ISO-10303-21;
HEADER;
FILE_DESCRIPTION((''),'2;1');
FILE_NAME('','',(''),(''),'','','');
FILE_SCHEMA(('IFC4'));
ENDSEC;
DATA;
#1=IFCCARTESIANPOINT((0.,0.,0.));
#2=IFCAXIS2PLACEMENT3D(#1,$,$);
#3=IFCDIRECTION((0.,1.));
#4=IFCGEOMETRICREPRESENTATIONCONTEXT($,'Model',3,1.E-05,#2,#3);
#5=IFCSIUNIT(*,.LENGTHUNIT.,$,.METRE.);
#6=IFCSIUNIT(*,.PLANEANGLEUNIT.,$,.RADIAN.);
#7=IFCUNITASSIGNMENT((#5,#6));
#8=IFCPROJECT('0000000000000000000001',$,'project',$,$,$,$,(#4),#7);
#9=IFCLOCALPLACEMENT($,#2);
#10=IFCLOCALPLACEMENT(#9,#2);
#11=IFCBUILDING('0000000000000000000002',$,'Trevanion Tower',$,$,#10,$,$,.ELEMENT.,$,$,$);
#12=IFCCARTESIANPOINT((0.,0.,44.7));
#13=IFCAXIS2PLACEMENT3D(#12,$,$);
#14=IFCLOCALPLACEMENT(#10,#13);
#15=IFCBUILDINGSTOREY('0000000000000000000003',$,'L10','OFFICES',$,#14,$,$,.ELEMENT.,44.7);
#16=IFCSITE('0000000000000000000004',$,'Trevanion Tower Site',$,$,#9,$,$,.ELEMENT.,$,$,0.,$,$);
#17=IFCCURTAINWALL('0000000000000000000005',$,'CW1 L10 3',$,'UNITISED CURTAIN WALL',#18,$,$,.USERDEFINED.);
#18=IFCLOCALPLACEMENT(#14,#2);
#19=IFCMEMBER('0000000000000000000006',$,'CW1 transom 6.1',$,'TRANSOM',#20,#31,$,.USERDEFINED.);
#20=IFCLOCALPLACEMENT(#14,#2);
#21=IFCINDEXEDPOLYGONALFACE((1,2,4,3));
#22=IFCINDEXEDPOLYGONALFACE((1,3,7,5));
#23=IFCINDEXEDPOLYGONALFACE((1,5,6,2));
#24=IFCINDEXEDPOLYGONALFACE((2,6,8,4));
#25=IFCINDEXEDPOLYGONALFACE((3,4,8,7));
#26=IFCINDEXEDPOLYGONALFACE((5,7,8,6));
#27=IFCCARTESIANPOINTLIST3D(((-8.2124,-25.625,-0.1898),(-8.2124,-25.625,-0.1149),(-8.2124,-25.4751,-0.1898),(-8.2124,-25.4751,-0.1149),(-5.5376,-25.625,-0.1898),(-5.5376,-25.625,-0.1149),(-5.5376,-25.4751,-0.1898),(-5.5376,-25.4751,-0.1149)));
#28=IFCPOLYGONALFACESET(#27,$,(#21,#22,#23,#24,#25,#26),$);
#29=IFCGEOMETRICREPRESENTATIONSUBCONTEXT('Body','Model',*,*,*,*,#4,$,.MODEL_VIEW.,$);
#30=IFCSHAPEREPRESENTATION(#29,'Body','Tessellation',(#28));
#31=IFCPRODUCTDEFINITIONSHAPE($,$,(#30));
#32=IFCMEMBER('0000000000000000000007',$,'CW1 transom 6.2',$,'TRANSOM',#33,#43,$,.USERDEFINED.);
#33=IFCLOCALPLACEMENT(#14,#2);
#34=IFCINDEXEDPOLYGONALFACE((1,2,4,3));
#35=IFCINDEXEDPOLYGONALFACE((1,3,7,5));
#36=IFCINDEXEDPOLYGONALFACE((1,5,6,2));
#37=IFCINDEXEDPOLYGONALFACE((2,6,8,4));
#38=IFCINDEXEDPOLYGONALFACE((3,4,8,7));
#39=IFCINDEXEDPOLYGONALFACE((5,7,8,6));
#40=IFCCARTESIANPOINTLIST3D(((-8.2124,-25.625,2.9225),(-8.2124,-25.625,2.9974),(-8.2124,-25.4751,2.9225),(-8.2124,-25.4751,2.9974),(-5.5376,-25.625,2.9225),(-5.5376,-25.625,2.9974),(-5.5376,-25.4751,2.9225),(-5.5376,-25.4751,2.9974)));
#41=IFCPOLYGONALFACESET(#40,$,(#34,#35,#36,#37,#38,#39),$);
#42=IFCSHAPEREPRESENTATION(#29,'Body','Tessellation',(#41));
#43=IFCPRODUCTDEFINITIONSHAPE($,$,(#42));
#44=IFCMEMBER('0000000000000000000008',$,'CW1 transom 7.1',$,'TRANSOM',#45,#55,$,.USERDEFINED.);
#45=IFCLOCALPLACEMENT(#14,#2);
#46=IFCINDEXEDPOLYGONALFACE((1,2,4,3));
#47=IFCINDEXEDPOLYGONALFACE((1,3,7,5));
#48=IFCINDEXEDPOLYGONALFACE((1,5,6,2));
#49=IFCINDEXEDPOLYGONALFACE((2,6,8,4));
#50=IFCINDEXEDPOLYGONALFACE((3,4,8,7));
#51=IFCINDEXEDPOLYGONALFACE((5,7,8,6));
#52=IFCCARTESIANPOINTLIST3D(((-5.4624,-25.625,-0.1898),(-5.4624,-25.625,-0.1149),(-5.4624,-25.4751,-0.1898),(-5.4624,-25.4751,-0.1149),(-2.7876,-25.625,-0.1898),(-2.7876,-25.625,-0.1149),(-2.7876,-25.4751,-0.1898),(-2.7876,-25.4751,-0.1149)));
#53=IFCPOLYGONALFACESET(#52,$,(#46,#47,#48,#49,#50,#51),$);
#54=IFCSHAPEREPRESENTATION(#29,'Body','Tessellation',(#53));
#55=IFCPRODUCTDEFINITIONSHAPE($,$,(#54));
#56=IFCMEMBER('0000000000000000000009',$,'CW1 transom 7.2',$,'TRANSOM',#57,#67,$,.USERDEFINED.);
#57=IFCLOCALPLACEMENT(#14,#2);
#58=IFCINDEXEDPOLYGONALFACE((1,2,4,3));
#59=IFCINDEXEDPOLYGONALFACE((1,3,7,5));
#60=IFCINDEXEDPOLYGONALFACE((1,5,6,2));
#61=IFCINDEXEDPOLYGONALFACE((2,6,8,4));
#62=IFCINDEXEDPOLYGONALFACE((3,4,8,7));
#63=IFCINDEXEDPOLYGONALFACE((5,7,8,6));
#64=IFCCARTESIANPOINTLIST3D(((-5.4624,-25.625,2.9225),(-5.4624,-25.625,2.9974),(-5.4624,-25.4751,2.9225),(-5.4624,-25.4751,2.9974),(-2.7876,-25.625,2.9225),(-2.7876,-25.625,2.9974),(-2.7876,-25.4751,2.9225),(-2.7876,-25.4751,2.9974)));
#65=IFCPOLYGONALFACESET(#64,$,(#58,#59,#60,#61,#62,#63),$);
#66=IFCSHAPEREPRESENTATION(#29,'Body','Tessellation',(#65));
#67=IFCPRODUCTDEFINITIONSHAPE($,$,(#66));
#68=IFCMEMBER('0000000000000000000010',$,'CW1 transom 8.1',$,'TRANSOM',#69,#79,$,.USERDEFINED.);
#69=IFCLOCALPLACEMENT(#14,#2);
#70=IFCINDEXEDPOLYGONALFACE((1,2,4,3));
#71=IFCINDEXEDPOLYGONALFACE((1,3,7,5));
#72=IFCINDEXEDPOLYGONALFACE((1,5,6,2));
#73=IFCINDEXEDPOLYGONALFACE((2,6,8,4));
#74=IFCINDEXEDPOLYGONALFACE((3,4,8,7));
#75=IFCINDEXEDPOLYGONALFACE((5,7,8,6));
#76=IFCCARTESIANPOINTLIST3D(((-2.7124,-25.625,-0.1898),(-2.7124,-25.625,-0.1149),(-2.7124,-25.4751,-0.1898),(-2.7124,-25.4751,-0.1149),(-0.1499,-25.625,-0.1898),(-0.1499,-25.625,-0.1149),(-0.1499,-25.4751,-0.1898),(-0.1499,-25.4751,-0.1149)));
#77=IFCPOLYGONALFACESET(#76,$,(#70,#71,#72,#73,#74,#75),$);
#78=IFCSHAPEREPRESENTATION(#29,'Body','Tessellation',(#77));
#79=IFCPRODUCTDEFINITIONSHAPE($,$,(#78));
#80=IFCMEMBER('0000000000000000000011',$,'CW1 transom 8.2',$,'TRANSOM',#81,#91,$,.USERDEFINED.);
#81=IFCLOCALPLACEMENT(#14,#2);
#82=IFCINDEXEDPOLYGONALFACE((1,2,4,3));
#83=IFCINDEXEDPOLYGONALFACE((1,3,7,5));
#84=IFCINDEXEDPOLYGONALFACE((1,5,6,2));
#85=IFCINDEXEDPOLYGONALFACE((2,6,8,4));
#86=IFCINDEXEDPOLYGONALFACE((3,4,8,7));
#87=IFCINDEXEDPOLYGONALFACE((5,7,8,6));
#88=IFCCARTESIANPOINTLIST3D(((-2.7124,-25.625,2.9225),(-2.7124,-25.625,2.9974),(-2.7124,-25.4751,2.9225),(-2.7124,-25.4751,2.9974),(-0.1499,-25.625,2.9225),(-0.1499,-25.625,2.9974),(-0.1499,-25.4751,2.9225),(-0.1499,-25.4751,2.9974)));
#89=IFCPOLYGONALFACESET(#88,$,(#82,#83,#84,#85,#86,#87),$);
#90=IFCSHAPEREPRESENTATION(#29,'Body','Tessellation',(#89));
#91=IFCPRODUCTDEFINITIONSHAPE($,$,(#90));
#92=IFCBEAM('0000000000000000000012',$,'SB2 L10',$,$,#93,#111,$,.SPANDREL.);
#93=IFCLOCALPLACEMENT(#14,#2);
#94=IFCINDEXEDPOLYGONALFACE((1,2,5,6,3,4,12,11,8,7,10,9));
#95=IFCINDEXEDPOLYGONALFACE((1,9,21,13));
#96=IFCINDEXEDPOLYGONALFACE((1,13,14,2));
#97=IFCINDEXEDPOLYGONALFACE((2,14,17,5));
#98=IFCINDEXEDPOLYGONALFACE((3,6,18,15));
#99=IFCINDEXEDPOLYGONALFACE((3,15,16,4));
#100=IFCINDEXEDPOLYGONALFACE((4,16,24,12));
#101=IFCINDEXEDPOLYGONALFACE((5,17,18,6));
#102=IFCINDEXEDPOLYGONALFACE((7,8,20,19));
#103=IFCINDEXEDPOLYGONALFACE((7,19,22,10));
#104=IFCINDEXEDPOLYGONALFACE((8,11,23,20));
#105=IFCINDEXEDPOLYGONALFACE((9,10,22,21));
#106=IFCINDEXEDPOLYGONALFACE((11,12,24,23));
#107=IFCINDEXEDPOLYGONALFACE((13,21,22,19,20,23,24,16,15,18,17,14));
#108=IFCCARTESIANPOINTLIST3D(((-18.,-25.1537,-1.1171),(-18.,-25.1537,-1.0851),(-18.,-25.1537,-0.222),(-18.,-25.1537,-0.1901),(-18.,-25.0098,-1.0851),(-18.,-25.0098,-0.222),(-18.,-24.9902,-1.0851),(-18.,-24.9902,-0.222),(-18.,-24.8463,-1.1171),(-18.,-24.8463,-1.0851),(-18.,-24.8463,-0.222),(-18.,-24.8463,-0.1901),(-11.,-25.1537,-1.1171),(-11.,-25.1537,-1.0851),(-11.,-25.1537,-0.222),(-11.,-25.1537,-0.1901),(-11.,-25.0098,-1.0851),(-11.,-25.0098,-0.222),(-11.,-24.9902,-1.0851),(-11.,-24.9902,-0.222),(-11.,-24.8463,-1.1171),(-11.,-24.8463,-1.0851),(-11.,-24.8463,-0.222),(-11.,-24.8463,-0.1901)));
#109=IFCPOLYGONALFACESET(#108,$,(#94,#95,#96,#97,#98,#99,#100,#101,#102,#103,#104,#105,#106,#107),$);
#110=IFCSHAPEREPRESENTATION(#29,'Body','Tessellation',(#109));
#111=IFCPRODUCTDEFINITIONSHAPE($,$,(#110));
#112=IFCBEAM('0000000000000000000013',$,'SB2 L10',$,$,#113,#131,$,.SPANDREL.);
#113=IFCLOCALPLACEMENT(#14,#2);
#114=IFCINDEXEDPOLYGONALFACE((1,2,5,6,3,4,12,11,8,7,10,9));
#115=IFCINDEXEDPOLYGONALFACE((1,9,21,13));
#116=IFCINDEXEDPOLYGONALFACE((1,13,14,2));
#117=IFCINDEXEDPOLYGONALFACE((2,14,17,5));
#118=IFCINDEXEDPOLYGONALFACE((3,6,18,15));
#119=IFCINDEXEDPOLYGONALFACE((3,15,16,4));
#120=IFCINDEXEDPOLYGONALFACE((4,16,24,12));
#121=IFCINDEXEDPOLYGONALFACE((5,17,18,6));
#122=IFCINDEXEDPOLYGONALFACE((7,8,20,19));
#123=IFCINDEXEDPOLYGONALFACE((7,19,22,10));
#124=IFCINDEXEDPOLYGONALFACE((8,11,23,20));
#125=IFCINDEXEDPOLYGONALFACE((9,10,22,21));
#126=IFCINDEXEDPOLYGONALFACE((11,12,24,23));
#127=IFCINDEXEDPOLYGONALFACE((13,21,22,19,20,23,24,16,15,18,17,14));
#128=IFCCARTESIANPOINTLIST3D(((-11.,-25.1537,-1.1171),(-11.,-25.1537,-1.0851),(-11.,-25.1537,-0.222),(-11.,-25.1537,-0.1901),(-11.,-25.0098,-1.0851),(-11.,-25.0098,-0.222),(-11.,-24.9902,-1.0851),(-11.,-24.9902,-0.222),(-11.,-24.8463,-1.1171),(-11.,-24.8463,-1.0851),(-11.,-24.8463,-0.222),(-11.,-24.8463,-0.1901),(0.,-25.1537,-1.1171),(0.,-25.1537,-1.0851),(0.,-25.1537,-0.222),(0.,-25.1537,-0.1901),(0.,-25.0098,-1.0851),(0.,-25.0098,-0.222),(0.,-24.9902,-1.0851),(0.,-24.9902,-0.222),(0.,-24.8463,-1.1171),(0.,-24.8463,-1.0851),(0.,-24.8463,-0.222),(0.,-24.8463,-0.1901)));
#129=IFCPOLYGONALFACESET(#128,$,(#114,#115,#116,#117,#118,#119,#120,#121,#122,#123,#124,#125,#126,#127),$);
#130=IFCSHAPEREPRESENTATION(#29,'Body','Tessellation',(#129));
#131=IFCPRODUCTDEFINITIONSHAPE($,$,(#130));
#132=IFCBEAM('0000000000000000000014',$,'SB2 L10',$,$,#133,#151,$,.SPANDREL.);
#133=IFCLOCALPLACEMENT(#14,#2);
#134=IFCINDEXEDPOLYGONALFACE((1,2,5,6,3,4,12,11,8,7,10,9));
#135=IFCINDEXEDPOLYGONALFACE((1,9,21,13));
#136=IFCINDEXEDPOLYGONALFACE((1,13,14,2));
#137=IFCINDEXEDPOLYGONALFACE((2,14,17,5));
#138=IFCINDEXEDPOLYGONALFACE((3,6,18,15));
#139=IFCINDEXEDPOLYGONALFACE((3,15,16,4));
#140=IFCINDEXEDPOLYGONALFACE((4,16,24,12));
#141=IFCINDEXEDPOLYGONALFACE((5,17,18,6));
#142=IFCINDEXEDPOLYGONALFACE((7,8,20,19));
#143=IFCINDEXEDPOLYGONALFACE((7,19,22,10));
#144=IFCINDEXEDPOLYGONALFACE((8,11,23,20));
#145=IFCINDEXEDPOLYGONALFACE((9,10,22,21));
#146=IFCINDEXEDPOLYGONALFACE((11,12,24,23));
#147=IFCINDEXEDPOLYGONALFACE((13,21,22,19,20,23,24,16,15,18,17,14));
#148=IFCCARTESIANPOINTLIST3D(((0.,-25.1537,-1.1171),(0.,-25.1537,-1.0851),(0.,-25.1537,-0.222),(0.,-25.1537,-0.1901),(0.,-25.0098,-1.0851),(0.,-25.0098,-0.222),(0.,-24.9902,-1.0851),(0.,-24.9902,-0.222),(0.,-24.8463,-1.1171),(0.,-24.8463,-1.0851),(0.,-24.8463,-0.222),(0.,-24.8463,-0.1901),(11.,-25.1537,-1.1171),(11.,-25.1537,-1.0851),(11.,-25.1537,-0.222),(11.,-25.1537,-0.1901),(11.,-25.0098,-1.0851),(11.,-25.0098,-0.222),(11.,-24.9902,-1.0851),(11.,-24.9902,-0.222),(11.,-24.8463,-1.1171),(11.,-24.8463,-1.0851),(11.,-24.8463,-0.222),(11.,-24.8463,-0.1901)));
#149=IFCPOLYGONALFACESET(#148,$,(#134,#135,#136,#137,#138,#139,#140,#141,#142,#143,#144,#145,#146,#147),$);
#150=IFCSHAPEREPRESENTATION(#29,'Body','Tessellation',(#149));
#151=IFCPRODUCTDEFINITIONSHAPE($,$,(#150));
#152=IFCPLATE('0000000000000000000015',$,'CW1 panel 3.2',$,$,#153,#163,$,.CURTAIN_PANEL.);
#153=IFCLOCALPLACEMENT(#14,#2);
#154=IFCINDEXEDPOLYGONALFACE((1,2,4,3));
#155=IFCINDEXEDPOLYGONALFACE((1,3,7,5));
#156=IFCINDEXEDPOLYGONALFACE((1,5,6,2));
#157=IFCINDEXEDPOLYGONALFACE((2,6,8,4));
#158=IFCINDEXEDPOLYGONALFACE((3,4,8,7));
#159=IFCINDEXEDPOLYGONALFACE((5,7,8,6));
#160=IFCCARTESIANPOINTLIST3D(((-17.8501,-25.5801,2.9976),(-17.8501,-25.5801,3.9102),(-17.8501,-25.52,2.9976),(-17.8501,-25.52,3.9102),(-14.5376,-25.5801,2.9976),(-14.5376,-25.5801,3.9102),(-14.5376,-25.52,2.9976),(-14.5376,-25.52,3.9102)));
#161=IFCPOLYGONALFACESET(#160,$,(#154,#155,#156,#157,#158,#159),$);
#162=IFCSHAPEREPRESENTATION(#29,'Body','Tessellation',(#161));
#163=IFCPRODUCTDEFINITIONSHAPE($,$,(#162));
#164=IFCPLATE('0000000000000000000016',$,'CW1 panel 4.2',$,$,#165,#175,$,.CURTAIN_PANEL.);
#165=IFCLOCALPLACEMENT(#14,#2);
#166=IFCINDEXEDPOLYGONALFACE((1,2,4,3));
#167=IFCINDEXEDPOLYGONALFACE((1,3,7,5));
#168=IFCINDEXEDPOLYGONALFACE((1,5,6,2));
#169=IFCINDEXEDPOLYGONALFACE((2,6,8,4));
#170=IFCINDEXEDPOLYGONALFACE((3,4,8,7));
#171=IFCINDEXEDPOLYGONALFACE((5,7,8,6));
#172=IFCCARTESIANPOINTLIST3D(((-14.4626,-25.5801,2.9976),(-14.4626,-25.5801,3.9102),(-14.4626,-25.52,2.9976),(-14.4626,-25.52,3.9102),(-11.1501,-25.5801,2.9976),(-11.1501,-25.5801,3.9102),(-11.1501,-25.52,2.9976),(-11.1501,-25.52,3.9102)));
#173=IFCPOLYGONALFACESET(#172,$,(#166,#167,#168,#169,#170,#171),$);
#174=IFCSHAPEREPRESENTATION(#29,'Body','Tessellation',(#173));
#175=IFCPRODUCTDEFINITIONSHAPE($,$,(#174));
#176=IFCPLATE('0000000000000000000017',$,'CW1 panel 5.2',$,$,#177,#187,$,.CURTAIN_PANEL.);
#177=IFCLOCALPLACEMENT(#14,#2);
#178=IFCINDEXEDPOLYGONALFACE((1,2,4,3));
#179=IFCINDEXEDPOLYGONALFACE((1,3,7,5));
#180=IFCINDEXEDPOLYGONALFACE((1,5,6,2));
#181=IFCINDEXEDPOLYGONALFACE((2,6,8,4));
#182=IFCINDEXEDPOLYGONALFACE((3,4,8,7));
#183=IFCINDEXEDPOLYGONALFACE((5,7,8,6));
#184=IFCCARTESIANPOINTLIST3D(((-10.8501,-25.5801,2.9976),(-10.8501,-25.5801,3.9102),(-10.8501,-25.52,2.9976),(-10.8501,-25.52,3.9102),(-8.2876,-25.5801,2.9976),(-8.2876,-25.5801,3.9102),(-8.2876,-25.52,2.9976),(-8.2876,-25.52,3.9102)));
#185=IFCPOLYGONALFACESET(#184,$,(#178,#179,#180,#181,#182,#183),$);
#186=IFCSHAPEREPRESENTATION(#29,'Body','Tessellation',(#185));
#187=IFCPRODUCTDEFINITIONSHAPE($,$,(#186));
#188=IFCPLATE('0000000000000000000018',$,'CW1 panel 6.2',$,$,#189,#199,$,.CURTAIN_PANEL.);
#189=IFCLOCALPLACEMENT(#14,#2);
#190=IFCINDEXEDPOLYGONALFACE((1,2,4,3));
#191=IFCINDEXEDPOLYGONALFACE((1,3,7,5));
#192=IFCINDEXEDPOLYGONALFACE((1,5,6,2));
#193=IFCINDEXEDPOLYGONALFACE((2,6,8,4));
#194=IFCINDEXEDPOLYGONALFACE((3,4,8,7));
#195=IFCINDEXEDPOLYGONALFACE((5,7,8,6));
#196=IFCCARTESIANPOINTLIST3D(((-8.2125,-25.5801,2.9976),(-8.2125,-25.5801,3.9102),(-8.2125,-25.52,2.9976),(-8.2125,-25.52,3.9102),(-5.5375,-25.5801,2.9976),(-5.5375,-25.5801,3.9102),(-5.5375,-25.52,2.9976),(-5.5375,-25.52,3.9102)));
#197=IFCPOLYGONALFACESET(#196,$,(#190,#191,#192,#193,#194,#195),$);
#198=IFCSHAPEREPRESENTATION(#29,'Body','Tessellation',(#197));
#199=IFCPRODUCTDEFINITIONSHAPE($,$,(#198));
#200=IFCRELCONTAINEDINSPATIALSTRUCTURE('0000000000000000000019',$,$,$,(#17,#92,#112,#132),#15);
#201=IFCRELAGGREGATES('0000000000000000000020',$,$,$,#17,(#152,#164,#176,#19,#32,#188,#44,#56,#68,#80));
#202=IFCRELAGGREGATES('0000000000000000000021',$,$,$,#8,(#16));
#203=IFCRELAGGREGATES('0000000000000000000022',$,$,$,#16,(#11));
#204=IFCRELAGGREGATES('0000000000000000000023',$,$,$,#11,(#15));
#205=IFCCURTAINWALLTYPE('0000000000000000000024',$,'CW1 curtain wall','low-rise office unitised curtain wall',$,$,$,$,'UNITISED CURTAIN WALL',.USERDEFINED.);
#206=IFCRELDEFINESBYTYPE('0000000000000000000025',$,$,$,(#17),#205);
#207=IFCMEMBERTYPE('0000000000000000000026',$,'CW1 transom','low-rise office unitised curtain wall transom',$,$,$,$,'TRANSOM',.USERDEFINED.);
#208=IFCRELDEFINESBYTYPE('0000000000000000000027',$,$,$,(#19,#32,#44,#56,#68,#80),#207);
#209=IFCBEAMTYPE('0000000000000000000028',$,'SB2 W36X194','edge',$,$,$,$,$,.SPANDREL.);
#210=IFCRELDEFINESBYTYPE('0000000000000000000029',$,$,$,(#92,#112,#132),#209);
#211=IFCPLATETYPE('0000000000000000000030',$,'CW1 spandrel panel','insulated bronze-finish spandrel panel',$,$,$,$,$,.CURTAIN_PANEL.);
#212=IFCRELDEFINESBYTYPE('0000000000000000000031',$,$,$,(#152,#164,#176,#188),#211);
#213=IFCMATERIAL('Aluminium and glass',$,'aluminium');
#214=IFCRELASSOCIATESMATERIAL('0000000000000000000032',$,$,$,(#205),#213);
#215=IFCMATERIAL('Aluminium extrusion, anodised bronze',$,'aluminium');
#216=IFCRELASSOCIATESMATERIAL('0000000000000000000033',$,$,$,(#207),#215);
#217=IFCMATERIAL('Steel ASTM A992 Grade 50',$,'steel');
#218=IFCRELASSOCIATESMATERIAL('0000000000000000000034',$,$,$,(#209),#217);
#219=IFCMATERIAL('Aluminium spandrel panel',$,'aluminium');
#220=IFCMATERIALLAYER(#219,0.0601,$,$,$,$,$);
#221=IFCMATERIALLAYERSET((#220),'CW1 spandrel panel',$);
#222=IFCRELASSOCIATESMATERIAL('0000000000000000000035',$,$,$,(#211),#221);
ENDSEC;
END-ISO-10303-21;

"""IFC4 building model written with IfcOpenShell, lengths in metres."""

from ifc_helpers import new_model, si_unit, direction, frame, origin, origin_2d, place, context, subcontext, project, spatial, rectangle, i_section, extrude, material, layer, layer_set, material_profile, profile_set, type_object, element, aggregate, save


model = new_model("IFC4")

# Units and contexts
model_context = context("Model", 3, precision=1e-05, world=origin(), true_north=direction((0.0, 1.0)))
body_context = subcontext(model_context, "Body", "Model", "MODEL_VIEW")
ifc_project = project(units=[si_unit("LENGTHUNIT", "METRE"), si_unit("PLANEANGLEUNIT", "RADIAN")], contexts=[model_context])

# Site, building, storey
site_placement = place(None, origin())
site = spatial("IfcSite", under=ifc_project, at=site_placement, Name="Trevanion Tower Site", CompositionType="ELEMENT", RefElevation=0.0)
building_placement = place(site_placement, origin())
building = spatial("IfcBuilding", under=site, at=building_placement, Name="Trevanion Tower", CompositionType="ELEMENT")
storey_placement = place(building_placement, frame((0.0, 0.0, 44.7)))
storey = spatial("IfcBuildingStorey", under=building, at=storey_placement, Name="L10", Description="OFFICES", CompositionType="ELEMENT", Elevation=44.7)

# Curtain wall, members
ifc_material_1 = material(Name="Aluminium and glass", Category="aluminium")
curtain_wall_type = type_object("IfcCurtainWallType", Name="CW1 curtain wall", Description="low-rise office unitised curtain wall", ElementType="UNITISED CURTAIN WALL", PredefinedType="USERDEFINED", material=ifc_material_1)
curtain_wall_placement = place(storey_placement, origin())
curtain_wall = element("IfcCurtainWall", 1, at=curtain_wall_placement, inside=storey, type_object=curtain_wall_type, Name="CW1 L10 3", ObjectType="UNITISED CURTAIN WALL", PredefinedType="USERDEFINED")
ifc_material_2 = material(Name="Aluminium extrusion, anodised bronze", Category="aluminium")
ifc_material_profile_1 = material_profile(ifc_material_2, rectangle(XDim=0.1499, YDim=0.075, at=origin_2d()), Name="CW1 transom")
ifc_profile_set_1 = profile_set([ifc_material_profile_1], Name="Aluminium extrusion, anodised bronze")
member_type_1 = type_object("IfcMemberType", Name="CW1 transom", Description="low-rise office unitised curtain wall transom", ElementType="TRANSOM", PredefinedType="USERDEFINED", material=ifc_profile_set_1)
member_1_placement = place(storey_placement, frame((-8.2124, -25.55, -0.1523), z_axis=(1.0, 0.0, 0.0), x_axis=(0.0, 1.0, 0.0)))
member_1 = element("IfcMember", 2, at=member_1_placement, type_object=member_type_1, Name="CW1 transom 6.1", ObjectType="TRANSOM", PredefinedType="USERDEFINED", context=body_context, shape_type="SweptSolid", body=[
    extrude(rectangle(XDim=0.1499, YDim=0.075, at=origin_2d()), origin(), (0.0, 0.0, 1.0), 2.6748),
])
member_2_placement = place(storey_placement, frame((-8.2124, -25.55, 2.96), z_axis=(1.0, 0.0, 0.0), x_axis=(0.0, 1.0, 0.0)))
member_2 = element("IfcMember", 3, at=member_2_placement, type_object=member_type_1, Name="CW1 transom 6.2", ObjectType="TRANSOM", PredefinedType="USERDEFINED", context=body_context, shape_type="SweptSolid", body=[
    extrude(rectangle(XDim=0.1499, YDim=0.075, at=origin_2d()), origin(), (0.0, 0.0, 1.0), 2.6748),
])
member_3_placement = place(storey_placement, frame((-5.4624, -25.55, -0.1523), z_axis=(1.0, 0.0, 0.0), x_axis=(0.0, 1.0, 0.0)))
member_3 = element("IfcMember", 4, at=member_3_placement, type_object=member_type_1, Name="CW1 transom 7.1", ObjectType="TRANSOM", PredefinedType="USERDEFINED", context=body_context, shape_type="SweptSolid", body=[
    extrude(rectangle(XDim=0.1499, YDim=0.075, at=origin_2d()), origin(), (0.0, 0.0, 1.0), 2.6748),
])
member_4_placement = place(storey_placement, frame((-5.4624, -25.55, 2.96), z_axis=(1.0, 0.0, 0.0), x_axis=(0.0, 1.0, 0.0)))
member_4 = element("IfcMember", 5, at=member_4_placement, type_object=member_type_1, Name="CW1 transom 7.2", ObjectType="TRANSOM", PredefinedType="USERDEFINED", context=body_context, shape_type="SweptSolid", body=[
    extrude(rectangle(XDim=0.1499, YDim=0.075, at=origin_2d()), origin(), (0.0, 0.0, 1.0), 2.6748),
])
member_5_placement = place(storey_placement, frame((-2.7124, -25.55, -0.1523), z_axis=(1.0, 0.0, 0.0), x_axis=(0.0, 1.0, 0.0)))
member_5 = element("IfcMember", 6, at=member_5_placement, type_object=member_type_1, Name="CW1 transom 8.1", ObjectType="TRANSOM", PredefinedType="USERDEFINED", context=body_context, shape_type="SweptSolid", body=[
    extrude(rectangle(XDim=0.1499, YDim=0.075, at=origin_2d()), origin(), (0.0, 0.0, 1.0), 2.5625),
])
member_6_placement = place(storey_placement, frame((-2.7124, -25.55, 2.96), z_axis=(1.0, 0.0, 0.0), x_axis=(0.0, 1.0, 0.0)))
member_6 = element("IfcMember", 7, at=member_6_placement, type_object=member_type_1, Name="CW1 transom 8.2", ObjectType="TRANSOM", PredefinedType="USERDEFINED", context=body_context, shape_type="SweptSolid", body=[
    extrude(rectangle(XDim=0.1499, YDim=0.075, at=origin_2d()), origin(), (0.0, 0.0, 1.0), 2.5625),
])

# Beams
ifc_material_3 = material(Name="Steel ASTM A992 Grade 50", Category="steel")
ifc_material_profile_2 = material_profile(ifc_material_3, i_section(OverallWidth=0.3074, OverallDepth=0.927, WebThickness=0.0195, FlangeThickness=0.032, at=origin_2d()), Name="W36X194")
ifc_profile_set_2 = profile_set([ifc_material_profile_2], Name="Steel ASTM A992 Grade 50")
beam_type = type_object("IfcBeamType", Name="SB2 W36X194", Description="edge", PredefinedType="SPANDREL", material=ifc_profile_set_2)
beam_placement = place(storey_placement, frame((-18.0, -25.0, -0.6536), z_axis=(1.0, 0.0, 0.0), x_axis=(0.0, 1.0, 0.0)))
element("IfcBeam", 8, at=beam_placement, inside=storey, type_object=beam_type, Name="SB2 L10", PredefinedType="SPANDREL", context=body_context, shape_type="SweptSolid", body=[
    extrude(i_section(OverallWidth=0.3074, OverallDepth=0.927, WebThickness=0.0195, FlangeThickness=0.032, at=origin_2d()), origin(), (0.0, 0.0, 1.0), 7.0),
])
for number, where, z_axis, x_axis, name in (
    (9, (-11.0, -25.0, -0.6536), (1.0, 0.0, 0.0), (0.0, 1.0, 0.0), "SB2 L10"),
    (10, (0.0, -25.0, -0.6536), (1.0, 0.0, 0.0), (0.0, 1.0, 0.0), "SB2 L10"),
):
    element("IfcBeam", number, at=place(storey_placement, frame(where, z_axis=z_axis, x_axis=x_axis)), inside=storey, type_object=beam_type, Name=name, PredefinedType="SPANDREL", context=body_context, shape_type="SweptSolid", body=[
        extrude(i_section(OverallWidth=0.3074, OverallDepth=0.927, WebThickness=0.0195, FlangeThickness=0.032, at=origin_2d()), origin(), (0.0, 0.0, 1.0), 11.0),
    ])

# Plates
ifc_material_4 = material(Name="Aluminium spandrel panel", Category="aluminium")
ifc_layer_1 = layer(ifc_material_4, 0.0601)
ifc_layer_set_1 = layer_set([ifc_layer_1], Name="CW1 spandrel panel")
plate_type_1 = type_object("IfcPlateType", Name="CW1 spandrel panel", Description="insulated bronze-finish spandrel panel", PredefinedType="CURTAIN_PANEL", material=ifc_layer_set_1)
plate_1_placement = place(storey_placement, frame((-16.1938, -25.55, 2.9976), z_axis=(0.0, 0.0, 1.0), x_axis=(1.0, 0.0, 0.0)))
plate_1 = element("IfcPlate", 11, at=plate_1_placement, type_object=plate_type_1, Name="CW1 panel 3.2", PredefinedType="CURTAIN_PANEL", context=body_context, shape_type="SweptSolid", body=[
    extrude(rectangle(XDim=3.3125, YDim=0.0601, at=origin_2d()), origin(), (0.0, 0.0, 1.0), 0.9126),
])
plate_2_placement = place(storey_placement, frame((-12.8064, -25.55, 2.9976), z_axis=(0.0, 0.0, 1.0), x_axis=(1.0, 0.0, 0.0)))
plate_2 = element("IfcPlate", 12, at=plate_2_placement, type_object=plate_type_1, Name="CW1 panel 4.2", PredefinedType="CURTAIN_PANEL", context=body_context, shape_type="SweptSolid", body=[
    extrude(rectangle(XDim=3.3125, YDim=0.0601, at=origin_2d()), origin(), (0.0, 0.0, 1.0), 0.9126),
])
plate_3_placement = place(storey_placement, frame((-9.5688, -25.55, 2.9976), z_axis=(0.0, 0.0, 1.0), x_axis=(1.0, 0.0, 0.0)))
plate_3 = element("IfcPlate", 13, at=plate_3_placement, type_object=plate_type_1, Name="CW1 panel 5.2", PredefinedType="CURTAIN_PANEL", context=body_context, shape_type="SweptSolid", body=[
    extrude(rectangle(XDim=2.5625, YDim=0.0601, at=origin_2d()), origin(), (0.0, 0.0, 1.0), 0.9126),
])
plate_4_placement = place(storey_placement, frame((-6.875, -25.55, 2.9976), z_axis=(0.0, 0.0, 1.0), x_axis=(1.0, 0.0, 0.0)))
plate_4 = element("IfcPlate", 14, at=plate_4_placement, type_object=plate_type_1, Name="CW1 panel 6.2", PredefinedType="CURTAIN_PANEL", context=body_context, shape_type="SweptSolid", body=[
    extrude(rectangle(XDim=2.675, YDim=0.0601, at=origin_2d()), origin(), (0.0, 0.0, 1.0), 0.9126),
])
aggregate(curtain_wall, [plate_1, plate_2, plate_3, member_1, member_2, plate_4, member_3, member_4, member_5, member_6])

save(model, "model.ifc")
